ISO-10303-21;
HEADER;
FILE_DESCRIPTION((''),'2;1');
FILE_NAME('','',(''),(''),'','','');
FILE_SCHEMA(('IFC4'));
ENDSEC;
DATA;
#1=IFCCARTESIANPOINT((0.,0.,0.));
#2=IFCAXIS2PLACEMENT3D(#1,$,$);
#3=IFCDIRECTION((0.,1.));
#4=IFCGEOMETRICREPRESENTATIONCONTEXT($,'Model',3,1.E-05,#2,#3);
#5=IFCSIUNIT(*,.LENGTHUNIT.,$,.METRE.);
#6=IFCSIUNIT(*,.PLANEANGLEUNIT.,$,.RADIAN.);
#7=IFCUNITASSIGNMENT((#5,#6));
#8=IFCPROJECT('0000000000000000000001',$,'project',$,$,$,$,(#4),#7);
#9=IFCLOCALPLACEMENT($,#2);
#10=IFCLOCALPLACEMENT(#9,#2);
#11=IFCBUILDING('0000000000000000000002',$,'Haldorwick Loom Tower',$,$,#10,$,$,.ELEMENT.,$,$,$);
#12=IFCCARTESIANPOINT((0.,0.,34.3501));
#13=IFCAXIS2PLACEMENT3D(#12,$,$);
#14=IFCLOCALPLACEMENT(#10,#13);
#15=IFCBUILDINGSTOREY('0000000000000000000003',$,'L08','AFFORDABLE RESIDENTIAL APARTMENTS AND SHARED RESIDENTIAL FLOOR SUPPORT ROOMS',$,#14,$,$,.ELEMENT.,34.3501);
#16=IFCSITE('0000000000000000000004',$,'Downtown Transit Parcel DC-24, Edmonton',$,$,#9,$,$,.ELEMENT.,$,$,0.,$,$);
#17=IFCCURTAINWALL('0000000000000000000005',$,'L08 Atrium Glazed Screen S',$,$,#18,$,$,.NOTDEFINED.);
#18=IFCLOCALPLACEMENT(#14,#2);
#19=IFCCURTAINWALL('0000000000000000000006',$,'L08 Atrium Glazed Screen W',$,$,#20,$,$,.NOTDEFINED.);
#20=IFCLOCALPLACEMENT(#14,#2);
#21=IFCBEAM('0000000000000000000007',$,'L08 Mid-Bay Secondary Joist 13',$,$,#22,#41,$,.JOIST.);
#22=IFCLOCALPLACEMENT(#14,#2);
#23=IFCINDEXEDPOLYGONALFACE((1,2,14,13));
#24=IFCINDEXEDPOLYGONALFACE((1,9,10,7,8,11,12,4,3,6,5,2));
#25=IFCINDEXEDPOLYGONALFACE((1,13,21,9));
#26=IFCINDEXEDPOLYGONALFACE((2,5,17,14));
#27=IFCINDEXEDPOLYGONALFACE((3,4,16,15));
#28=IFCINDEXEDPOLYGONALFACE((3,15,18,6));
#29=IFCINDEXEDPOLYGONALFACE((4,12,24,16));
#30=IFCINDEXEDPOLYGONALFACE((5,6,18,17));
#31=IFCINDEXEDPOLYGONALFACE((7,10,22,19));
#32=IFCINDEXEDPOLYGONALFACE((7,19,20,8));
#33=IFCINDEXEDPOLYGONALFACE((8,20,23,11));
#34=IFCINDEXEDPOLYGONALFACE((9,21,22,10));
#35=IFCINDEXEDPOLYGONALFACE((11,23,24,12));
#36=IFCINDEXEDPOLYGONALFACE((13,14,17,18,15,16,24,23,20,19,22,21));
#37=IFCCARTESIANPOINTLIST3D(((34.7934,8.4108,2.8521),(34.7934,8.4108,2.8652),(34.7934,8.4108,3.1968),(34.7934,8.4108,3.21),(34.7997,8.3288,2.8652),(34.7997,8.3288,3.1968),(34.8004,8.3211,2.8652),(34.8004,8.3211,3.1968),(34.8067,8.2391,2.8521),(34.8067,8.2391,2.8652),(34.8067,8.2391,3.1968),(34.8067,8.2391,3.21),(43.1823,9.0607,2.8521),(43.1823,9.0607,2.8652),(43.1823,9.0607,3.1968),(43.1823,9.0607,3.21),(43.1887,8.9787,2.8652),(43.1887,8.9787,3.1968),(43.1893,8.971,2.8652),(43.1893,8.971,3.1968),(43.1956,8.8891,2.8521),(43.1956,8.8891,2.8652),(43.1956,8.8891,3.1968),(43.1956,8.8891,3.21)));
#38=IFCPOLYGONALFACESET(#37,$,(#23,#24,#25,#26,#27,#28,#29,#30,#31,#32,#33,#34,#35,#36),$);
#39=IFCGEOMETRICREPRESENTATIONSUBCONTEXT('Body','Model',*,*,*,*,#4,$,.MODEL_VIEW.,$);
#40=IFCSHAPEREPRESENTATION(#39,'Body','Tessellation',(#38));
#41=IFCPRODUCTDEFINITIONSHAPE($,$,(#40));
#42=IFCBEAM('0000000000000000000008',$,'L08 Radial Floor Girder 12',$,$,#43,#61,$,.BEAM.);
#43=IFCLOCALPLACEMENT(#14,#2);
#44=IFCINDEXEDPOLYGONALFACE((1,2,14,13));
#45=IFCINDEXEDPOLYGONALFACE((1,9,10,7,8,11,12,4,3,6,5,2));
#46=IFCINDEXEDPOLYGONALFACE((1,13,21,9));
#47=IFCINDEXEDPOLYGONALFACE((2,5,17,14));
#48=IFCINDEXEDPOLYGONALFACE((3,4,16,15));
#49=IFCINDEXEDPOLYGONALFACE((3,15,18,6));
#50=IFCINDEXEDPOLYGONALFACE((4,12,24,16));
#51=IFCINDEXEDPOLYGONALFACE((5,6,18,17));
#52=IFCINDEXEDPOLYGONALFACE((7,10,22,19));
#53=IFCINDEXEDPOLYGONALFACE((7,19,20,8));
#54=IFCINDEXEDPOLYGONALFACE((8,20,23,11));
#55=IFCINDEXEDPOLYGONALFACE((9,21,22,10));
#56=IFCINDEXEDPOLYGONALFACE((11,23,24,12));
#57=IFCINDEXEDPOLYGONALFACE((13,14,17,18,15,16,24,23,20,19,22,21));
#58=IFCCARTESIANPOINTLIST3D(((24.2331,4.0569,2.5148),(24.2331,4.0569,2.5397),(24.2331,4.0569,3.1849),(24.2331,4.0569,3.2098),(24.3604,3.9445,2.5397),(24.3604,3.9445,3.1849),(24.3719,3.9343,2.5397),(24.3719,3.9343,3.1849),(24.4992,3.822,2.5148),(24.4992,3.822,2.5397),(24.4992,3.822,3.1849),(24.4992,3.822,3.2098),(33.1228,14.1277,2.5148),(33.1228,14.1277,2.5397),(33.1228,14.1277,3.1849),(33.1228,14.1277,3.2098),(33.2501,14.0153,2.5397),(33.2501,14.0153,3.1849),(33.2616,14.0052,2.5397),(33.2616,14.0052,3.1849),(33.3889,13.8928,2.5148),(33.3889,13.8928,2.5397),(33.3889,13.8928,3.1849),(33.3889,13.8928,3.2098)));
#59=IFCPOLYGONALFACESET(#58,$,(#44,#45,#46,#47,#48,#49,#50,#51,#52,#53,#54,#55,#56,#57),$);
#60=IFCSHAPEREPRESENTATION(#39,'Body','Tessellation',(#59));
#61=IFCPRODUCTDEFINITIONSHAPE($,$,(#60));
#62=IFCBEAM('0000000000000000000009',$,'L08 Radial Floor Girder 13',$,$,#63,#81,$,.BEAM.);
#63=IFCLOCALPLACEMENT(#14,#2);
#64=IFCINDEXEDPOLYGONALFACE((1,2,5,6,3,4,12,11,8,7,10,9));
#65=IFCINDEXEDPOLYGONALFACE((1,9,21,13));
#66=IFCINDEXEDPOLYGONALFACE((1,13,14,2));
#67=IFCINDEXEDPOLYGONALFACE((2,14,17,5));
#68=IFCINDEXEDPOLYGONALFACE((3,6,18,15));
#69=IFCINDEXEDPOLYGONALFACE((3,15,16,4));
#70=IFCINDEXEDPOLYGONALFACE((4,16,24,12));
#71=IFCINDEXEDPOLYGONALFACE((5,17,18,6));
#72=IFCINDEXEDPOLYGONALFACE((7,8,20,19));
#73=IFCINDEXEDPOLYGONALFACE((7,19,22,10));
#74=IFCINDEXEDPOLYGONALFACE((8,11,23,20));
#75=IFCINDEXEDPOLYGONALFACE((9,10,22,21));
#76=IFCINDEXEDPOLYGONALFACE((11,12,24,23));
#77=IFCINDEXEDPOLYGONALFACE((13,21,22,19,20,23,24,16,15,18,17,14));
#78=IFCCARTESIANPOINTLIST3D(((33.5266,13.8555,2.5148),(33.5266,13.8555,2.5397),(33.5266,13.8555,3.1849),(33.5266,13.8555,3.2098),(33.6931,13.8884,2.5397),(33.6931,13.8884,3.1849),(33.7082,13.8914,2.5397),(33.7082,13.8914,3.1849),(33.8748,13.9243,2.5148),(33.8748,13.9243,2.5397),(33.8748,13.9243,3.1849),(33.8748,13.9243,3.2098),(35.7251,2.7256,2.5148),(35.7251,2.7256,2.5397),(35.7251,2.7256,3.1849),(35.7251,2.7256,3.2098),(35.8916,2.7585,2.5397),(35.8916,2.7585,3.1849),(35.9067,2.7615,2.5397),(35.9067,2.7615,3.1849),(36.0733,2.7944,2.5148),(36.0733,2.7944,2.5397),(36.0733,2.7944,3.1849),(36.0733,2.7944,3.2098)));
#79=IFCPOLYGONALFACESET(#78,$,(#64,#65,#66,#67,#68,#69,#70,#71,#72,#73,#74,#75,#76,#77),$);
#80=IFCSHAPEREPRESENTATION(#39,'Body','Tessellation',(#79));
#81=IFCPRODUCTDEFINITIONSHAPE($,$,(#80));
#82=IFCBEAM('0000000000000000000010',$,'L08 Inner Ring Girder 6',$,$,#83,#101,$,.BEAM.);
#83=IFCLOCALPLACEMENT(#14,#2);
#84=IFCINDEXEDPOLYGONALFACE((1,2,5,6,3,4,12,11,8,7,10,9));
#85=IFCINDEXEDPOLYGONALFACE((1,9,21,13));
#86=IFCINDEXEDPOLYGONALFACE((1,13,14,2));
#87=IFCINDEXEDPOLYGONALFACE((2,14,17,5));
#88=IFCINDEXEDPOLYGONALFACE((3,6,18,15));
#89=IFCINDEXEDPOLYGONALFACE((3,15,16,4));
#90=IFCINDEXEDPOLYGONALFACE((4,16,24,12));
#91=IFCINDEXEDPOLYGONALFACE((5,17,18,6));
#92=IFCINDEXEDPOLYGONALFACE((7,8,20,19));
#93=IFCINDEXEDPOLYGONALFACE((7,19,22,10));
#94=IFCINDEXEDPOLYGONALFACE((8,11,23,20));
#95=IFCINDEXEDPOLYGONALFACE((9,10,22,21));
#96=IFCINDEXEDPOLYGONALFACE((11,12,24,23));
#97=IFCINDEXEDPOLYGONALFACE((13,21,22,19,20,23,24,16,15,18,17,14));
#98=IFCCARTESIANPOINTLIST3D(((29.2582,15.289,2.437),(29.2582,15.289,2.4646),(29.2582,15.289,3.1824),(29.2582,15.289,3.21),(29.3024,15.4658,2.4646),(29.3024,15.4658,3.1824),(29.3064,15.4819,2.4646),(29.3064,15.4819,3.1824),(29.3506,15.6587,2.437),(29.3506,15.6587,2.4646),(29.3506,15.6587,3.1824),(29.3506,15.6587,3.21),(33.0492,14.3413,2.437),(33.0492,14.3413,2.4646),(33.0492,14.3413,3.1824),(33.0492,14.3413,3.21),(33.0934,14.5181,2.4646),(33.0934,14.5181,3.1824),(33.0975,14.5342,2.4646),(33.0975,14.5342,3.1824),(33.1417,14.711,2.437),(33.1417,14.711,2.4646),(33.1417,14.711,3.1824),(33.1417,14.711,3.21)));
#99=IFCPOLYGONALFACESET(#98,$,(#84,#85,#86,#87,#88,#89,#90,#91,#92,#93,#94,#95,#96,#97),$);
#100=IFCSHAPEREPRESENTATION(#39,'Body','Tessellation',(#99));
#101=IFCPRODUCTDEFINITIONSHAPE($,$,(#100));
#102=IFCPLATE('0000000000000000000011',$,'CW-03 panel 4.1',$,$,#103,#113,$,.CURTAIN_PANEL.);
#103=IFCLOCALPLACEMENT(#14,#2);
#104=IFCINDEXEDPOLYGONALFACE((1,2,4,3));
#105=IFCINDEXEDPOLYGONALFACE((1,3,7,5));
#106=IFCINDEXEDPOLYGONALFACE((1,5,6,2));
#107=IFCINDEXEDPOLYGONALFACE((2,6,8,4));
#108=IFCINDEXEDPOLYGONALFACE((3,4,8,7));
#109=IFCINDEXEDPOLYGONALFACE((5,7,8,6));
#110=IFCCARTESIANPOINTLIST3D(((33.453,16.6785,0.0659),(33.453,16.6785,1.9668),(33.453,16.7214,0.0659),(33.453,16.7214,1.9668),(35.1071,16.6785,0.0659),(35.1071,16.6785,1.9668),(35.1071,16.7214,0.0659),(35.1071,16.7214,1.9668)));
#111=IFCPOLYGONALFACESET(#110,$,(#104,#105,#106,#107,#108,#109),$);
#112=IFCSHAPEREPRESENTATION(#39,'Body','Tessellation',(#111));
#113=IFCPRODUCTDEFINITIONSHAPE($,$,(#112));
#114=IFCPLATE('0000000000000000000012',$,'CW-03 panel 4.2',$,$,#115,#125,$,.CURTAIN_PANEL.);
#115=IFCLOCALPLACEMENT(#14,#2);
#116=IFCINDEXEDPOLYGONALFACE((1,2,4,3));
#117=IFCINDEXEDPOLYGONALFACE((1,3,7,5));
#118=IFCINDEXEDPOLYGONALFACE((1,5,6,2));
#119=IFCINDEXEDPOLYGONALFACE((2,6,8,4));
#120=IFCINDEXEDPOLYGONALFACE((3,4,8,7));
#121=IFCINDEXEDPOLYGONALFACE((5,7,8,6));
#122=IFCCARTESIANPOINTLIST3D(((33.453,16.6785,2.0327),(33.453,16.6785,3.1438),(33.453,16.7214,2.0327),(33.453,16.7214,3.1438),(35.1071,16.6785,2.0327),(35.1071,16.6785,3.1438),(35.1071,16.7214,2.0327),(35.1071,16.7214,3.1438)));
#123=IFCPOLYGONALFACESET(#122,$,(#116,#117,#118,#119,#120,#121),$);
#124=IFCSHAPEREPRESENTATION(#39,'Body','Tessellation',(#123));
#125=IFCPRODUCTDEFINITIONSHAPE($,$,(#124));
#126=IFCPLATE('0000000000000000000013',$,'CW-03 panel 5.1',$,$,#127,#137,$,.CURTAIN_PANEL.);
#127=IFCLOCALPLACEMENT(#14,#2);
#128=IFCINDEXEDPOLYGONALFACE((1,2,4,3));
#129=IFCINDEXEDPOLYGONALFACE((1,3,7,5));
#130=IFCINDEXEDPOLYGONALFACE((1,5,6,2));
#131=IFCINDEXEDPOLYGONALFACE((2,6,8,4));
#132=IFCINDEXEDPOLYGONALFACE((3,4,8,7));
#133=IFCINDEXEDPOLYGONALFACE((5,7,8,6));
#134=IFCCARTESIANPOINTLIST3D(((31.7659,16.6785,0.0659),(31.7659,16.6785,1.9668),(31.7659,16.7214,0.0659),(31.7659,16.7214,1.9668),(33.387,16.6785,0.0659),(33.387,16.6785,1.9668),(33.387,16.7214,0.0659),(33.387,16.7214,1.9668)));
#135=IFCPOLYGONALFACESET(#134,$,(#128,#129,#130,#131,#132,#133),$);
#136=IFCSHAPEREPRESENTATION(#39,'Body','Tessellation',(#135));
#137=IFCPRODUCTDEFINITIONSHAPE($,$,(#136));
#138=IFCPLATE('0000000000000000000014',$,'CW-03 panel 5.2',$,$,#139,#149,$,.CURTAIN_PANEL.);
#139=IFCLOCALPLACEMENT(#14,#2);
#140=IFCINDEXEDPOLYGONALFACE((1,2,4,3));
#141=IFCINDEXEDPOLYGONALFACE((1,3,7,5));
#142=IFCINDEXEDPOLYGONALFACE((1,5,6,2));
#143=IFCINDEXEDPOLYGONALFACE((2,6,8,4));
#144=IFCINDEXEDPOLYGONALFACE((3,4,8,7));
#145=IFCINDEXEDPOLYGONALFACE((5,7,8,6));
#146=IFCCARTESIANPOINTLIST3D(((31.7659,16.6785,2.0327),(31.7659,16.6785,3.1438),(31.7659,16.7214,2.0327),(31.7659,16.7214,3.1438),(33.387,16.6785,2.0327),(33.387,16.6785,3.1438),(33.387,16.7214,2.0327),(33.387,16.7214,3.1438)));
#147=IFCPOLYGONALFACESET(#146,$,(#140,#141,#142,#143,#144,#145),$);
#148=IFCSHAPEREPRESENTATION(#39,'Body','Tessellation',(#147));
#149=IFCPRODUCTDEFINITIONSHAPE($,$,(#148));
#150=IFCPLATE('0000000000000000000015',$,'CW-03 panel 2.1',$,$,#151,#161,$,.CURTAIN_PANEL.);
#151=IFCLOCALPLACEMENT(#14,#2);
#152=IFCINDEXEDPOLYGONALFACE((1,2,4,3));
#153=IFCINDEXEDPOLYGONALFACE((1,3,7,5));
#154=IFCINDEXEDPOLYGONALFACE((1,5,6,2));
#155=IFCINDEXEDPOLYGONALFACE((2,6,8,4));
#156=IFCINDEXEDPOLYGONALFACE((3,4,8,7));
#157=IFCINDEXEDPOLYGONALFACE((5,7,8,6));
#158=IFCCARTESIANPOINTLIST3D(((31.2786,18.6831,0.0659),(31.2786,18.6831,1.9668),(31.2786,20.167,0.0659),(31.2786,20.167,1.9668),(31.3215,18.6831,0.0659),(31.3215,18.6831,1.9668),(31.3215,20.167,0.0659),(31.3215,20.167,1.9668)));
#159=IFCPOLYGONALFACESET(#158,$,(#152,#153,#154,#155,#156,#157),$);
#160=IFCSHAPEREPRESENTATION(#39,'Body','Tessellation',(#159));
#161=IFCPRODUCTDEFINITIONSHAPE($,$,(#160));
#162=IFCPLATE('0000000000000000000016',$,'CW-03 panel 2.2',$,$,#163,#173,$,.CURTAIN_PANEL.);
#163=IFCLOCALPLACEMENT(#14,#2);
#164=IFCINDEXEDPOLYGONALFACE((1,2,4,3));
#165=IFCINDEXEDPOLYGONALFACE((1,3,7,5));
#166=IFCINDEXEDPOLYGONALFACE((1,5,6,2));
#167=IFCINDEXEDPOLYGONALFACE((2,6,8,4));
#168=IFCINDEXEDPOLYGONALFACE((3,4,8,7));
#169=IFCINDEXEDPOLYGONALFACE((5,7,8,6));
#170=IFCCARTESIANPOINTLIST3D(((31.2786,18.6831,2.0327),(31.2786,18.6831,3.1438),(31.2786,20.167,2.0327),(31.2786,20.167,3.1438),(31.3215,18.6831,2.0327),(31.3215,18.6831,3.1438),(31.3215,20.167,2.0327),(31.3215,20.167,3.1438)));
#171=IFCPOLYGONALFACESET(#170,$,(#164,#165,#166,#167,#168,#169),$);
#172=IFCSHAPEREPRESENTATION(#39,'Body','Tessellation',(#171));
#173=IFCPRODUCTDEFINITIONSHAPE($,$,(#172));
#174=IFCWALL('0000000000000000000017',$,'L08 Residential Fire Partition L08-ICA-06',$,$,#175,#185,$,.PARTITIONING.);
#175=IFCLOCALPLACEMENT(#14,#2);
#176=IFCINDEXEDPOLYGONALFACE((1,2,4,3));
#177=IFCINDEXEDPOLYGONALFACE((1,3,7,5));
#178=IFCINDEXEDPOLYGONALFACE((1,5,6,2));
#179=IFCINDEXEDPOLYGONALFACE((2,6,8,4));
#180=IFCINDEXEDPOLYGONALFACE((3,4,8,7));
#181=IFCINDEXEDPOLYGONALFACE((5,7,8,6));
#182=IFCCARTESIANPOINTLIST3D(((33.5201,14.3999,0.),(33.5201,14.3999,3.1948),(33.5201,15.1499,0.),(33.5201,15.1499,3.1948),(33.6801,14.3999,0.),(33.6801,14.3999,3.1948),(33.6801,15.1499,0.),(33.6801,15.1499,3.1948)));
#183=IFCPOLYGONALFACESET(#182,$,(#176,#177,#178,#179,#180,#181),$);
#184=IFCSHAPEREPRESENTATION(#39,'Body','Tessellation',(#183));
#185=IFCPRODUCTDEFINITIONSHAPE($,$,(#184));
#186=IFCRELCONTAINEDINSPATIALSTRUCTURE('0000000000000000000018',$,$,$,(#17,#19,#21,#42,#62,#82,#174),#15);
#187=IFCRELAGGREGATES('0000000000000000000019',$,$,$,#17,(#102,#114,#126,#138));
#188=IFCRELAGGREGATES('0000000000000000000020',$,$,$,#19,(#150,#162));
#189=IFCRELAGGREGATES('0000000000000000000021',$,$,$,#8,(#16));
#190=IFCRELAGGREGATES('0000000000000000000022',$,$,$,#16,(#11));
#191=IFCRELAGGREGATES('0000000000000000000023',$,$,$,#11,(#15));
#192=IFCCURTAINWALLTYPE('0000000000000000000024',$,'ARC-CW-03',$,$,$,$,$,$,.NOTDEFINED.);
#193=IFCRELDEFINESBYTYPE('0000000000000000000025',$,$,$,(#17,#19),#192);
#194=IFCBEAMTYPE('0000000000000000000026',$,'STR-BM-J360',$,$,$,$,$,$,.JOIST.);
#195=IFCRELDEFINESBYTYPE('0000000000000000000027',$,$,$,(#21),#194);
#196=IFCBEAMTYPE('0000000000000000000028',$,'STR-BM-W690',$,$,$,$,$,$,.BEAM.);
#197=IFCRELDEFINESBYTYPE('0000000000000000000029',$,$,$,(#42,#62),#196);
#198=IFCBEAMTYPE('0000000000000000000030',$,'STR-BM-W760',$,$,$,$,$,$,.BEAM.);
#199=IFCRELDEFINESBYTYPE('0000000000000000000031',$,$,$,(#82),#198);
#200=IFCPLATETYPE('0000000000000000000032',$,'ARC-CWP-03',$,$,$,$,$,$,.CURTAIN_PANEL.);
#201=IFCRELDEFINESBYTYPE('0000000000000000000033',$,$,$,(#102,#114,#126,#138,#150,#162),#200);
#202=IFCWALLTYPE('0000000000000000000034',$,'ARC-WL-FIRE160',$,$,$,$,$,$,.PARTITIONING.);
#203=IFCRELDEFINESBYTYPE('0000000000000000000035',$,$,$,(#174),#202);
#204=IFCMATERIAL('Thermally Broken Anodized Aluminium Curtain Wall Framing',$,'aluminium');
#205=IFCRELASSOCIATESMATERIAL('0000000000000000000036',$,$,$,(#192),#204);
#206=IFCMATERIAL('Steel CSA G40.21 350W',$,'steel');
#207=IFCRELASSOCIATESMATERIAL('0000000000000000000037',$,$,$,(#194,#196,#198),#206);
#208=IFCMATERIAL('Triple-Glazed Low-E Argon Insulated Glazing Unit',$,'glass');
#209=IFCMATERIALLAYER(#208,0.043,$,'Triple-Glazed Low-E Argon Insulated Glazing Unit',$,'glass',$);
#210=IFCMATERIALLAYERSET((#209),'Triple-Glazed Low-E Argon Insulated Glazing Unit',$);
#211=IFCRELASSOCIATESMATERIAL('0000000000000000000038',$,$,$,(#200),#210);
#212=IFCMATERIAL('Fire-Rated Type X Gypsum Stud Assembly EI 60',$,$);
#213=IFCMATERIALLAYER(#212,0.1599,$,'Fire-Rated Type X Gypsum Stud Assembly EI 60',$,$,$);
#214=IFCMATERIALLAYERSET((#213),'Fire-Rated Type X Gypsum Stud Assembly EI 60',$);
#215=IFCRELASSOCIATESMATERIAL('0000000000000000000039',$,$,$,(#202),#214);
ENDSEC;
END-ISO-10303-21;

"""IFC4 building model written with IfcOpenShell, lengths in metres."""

from ifc_helpers import new_model, si_unit, direction, frame, frame_2d, origin, origin_2d, place, context, subcontext, project, spatial, rectangle, i_section, extrude, material, layer, layer_set, material_profile, profile_set, type_object, element, aggregate, save


model = new_model("IFC4")

# Units and contexts
model_context = context("Model", 3, precision=1e-05, world=origin(), true_north=direction((0.0, 1.0)))
body_context = subcontext(model_context, "Body", "Model", "MODEL_VIEW")
ifc_project = project(units=[si_unit("LENGTHUNIT", "METRE"), si_unit("PLANEANGLEUNIT", "RADIAN")], contexts=[model_context])

# Site, building, storey
site_placement = place(None, origin())
site = spatial("IfcSite", under=ifc_project, at=site_placement, Name="Downtown Transit Parcel DC-24, Edmonton", CompositionType="ELEMENT", RefElevation=0.0)
building_placement = place(site_placement, origin())
building = spatial("IfcBuilding", under=site, at=building_placement, Name="Haldorwick Loom Tower", CompositionType="ELEMENT")
storey_placement = place(building_placement, frame((0.0, 0.0, 34.3501)))
storey = spatial("IfcBuildingStorey", under=building, at=storey_placement, Name="L08", Description="AFFORDABLE RESIDENTIAL APARTMENTS AND SHARED RESIDENTIAL FLOOR SUPPORT ROOMS", CompositionType="ELEMENT", Elevation=34.3501)

# Curtain wall
ifc_material_1 = material(Name="Thermally Broken Anodized Aluminium Curtain Wall Framing", Category="aluminium")
curtain_wall_type = type_object("IfcCurtainWallType", Name="ARC-CW-03", PredefinedType="NOTDEFINED", material=ifc_material_1)
curtain_wall_1_placement = place(storey_placement, origin())
curtain_wall_1 = element("IfcCurtainWall", 1, at=curtain_wall_1_placement, inside=storey, type_object=curtain_wall_type, Name="L08 Atrium Glazed Screen S", PredefinedType="NOTDEFINED")

# Curtain wall
curtain_wall_2_placement = place(storey_placement, origin())
curtain_wall_2 = element("IfcCurtainWall", 2, at=curtain_wall_2_placement, inside=storey, type_object=curtain_wall_type, Name="L08 Atrium Glazed Screen W", PredefinedType="NOTDEFINED")

# Beams
ifc_material_2 = material(Name="Steel CSA G40.21 350W", Category="steel")
ifc_material_profile_1 = material_profile(ifc_material_2, i_section(OverallWidth=0.1721, OverallDepth=0.3579, WebThickness=0.0078, FlangeThickness=0.0132, at=origin_2d()), Name="W360X57", Category="steel")
ifc_profile_set_1 = profile_set([ifc_material_profile_1], Name="Steel CSA G40.21 350W")
beam_type_1 = type_object("IfcBeamType", Name="STR-BM-J360", PredefinedType="JOIST", material=ifc_profile_set_1)
beam_1_placement = place(storey_placement, frame((34.8, 8.325, 3.031), z_axis=(0.997013, 0.07724, 0.0), x_axis=(-0.07724, 0.997013, 0.0)))
element("IfcBeam", 3, at=beam_1_placement, inside=storey, type_object=beam_type_1, Name="L08 Mid-Bay Secondary Joist 13", PredefinedType="JOIST", context=body_context, shape_type="SweptSolid", body=[
    extrude(i_section(OverallWidth=0.1721, OverallDepth=0.3579, WebThickness=0.0078, FlangeThickness=0.0132, at=origin_2d()), origin(), (0.0, 0.0, 1.0), 8.4141),
])
ifc_material_profile_2 = material_profile(ifc_material_2, i_section(OverallWidth=0.355, OverallDepth=0.6951, WebThickness=0.0154, FlangeThickness=0.0249, at=origin_2d()), Name="W690X217", Category="steel")
ifc_profile_set_2 = profile_set([ifc_material_profile_2], Name="Steel CSA G40.21 350W")
beam_type_2 = type_object("IfcBeamType", Name="STR-BM-W690", PredefinedType="BEAM", material=ifc_profile_set_2)
beam_2_placement = place(storey_placement, frame((33.2559, 14.0103, 2.8623), z_axis=(-0.661774, -0.749703, 0.0), x_axis=(0.749703, -0.661774, 0.0)))
element("IfcBeam", 4, at=beam_2_placement, inside=storey, type_object=beam_type_2, Name="L08 Radial Floor Girder 12", PredefinedType="BEAM", context=body_context, shape_type="SweptSolid", body=[
    extrude(i_section(OverallWidth=0.355, OverallDepth=0.6951, WebThickness=0.0154, FlangeThickness=0.0249, at=origin_2d()), origin(), (0.0, 0.0, 1.0), 13.4331),
])
beam_3_placement = place(storey_placement, frame((33.7007, 13.8899, 2.8623), z_axis=(0.193786, -0.981044, 0.0), x_axis=(0.981044, 0.193786, 0.0)))
element("IfcBeam", 5, at=beam_3_placement, inside=storey, type_object=beam_type_2, Name="L08 Radial Floor Girder 13", PredefinedType="BEAM", context=body_context, shape_type="SweptSolid", body=[
    extrude(i_section(OverallWidth=0.355, OverallDepth=0.6951, WebThickness=0.0154, FlangeThickness=0.0249, at=origin_2d()), origin(), (0.0, 0.0, 1.0), 11.345),
])
ifc_material_profile_3 = material_profile(ifc_material_2, i_section(OverallWidth=0.3811, OverallDepth=0.7729, WebThickness=0.0166, FlangeThickness=0.0276, at=origin_2d()), Name="W760X257", Category="steel")
ifc_profile_set_3 = profile_set([ifc_material_profile_3], Name="Steel CSA G40.21 350W")
beam_type_3 = type_object("IfcBeamType", Name="STR-BM-W760", PredefinedType="BEAM", material=ifc_profile_set_3)
beam_4_placement = place(storey_placement, frame((33.0955, 14.5261, 2.8235), z_axis=(-0.970143, 0.242536, 0.0), x_axis=(-0.242536, -0.970143, 0.0)))
element("IfcBeam", 6, at=beam_4_placement, inside=storey, type_object=beam_type_3, Name="L08 Inner Ring Girder 6", PredefinedType="BEAM", context=body_context, shape_type="SweptSolid", body=[
    extrude(i_section(OverallWidth=0.3811, OverallDepth=0.7729, WebThickness=0.0166, FlangeThickness=0.0276, at=origin_2d()), origin(), (0.0, 0.0, 1.0), 3.9077),
])

# Plates
ifc_material_3 = material(Name="Triple-Glazed Low-E Argon Insulated Glazing Unit", Category="glass")
ifc_layer_1 = layer(ifc_material_3, 0.043, Name="Triple-Glazed Low-E Argon Insulated Glazing Unit", Category="glass")
ifc_layer_set_1 = layer_set([ifc_layer_1], Name="Triple-Glazed Low-E Argon Insulated Glazing Unit")
plate_type = type_object("IfcPlateType", Name="ARC-CWP-03", PredefinedType="CURTAIN_PANEL", material=ifc_layer_set_1)
plate_1_placement = place(storey_placement, frame((34.28, 16.7, 0.0659), z_axis=(0.0, 0.0, 1.0), x_axis=(-1.0, 0.0, 0.0)))
plate_1 = element("IfcPlate", 7, at=plate_1_placement, type_object=plate_type, Name="CW-03 panel 4.1", PredefinedType="CURTAIN_PANEL", context=body_context, shape_type="SweptSolid", body=[
    extrude(rectangle(XDim=1.6541, YDim=0.043, at=origin_2d()), origin(), (0.0, 0.0, 1.0), 1.9009),
])
plate_2_placement = place(storey_placement, frame((34.28, 16.7, 2.0327), z_axis=(0.0, 0.0, 1.0), x_axis=(-1.0, 0.0, 0.0)))
plate_2 = element("IfcPlate", 8, at=plate_2_placement, type_object=plate_type, Name="CW-03 panel 4.2", PredefinedType="CURTAIN_PANEL", context=body_context, shape_type="SweptSolid", body=[
    extrude(rectangle(XDim=1.6541, YDim=0.043, at=origin_2d()), origin(), (0.0, 0.0, 1.0), 1.1111),
])
plate_3_placement = place(storey_placement, frame((32.5764, 16.7, 0.0659), z_axis=(0.0, 0.0, 1.0), x_axis=(-1.0, 0.0, 0.0)))
plate_3 = element("IfcPlate", 9, at=plate_3_placement, type_object=plate_type, Name="CW-03 panel 5.1", PredefinedType="CURTAIN_PANEL", context=body_context, shape_type="SweptSolid", body=[
    extrude(rectangle(XDim=1.6211, YDim=0.043, at=origin_2d()), origin(), (0.0, 0.0, 1.0), 1.9009),
])
plate_4_placement = place(storey_placement, frame((32.5764, 16.7, 2.0327), z_axis=(0.0, 0.0, 1.0), x_axis=(-1.0, 0.0, 0.0)))
plate_4 = element("IfcPlate", 10, at=plate_4_placement, type_object=plate_type, Name="CW-03 panel 5.2", PredefinedType="CURTAIN_PANEL", context=body_context, shape_type="SweptSolid", body=[
    extrude(rectangle(XDim=1.6211, YDim=0.043, at=origin_2d()), origin(), (0.0, 0.0, 1.0), 1.1111),
])
aggregate(curtain_wall_1, [plate_1, plate_2, plate_3, plate_4])
plate_5_placement = place(storey_placement, frame((31.3, 19.425, 0.0659), z_axis=(0.0, 0.0, 1.0), x_axis=(0.0, 1.0, 0.0)))
plate_5 = element("IfcPlate", 11, at=plate_5_placement, type_object=plate_type, Name="CW-03 panel 2.1", PredefinedType="CURTAIN_PANEL", context=body_context, shape_type="SweptSolid", body=[
    extrude(rectangle(XDim=1.4839, YDim=0.043, at=origin_2d()), origin(), (0.0, 0.0, 1.0), 1.9009),
])
plate_6_placement = place(storey_placement, frame((31.3, 19.425, 2.0327), z_axis=(0.0, 0.0, 1.0), x_axis=(0.0, 1.0, 0.0)))
plate_6 = element("IfcPlate", 12, at=plate_6_placement, type_object=plate_type, Name="CW-03 panel 2.2", PredefinedType="CURTAIN_PANEL", context=body_context, shape_type="SweptSolid", body=[
    extrude(rectangle(XDim=1.4839, YDim=0.043, at=origin_2d()), origin(), (0.0, 0.0, 1.0), 1.1111),
])
aggregate(curtain_wall_2, [plate_5, plate_6])

# Wall
ifc_material_4 = material(Name="Fire-Rated Type X Gypsum Stud Assembly EI 60")
ifc_layer_2 = layer(ifc_material_4, 0.1599, Name="Fire-Rated Type X Gypsum Stud Assembly EI 60")
ifc_layer_set_2 = layer_set([ifc_layer_2], Name="Fire-Rated Type X Gypsum Stud Assembly EI 60")
wall_type = type_object("IfcWallType", Name="ARC-WL-FIRE160", PredefinedType="PARTITIONING", material=ifc_layer_set_2)
wall_1_placement = place(storey_placement, frame((33.6001, 15.1499, 0.0), z_axis=(0.0, 0.0, 1.0), x_axis=(0.0, -1.0, 0.0)))
element("IfcWall", 13, at=wall_1_placement, inside=storey, type_object=wall_type, Name="L08 Residential Fire Partition L08-ICA-06", PredefinedType="PARTITIONING", context=body_context, shape_type="SweptSolid", body=[
    extrude(rectangle(XDim=0.75, YDim=0.1599, at=frame_2d((0.375, 0.0))), origin(), (0.0, 0.0, 1.0), 3.1948),
])

save(model, "model.ifc")
